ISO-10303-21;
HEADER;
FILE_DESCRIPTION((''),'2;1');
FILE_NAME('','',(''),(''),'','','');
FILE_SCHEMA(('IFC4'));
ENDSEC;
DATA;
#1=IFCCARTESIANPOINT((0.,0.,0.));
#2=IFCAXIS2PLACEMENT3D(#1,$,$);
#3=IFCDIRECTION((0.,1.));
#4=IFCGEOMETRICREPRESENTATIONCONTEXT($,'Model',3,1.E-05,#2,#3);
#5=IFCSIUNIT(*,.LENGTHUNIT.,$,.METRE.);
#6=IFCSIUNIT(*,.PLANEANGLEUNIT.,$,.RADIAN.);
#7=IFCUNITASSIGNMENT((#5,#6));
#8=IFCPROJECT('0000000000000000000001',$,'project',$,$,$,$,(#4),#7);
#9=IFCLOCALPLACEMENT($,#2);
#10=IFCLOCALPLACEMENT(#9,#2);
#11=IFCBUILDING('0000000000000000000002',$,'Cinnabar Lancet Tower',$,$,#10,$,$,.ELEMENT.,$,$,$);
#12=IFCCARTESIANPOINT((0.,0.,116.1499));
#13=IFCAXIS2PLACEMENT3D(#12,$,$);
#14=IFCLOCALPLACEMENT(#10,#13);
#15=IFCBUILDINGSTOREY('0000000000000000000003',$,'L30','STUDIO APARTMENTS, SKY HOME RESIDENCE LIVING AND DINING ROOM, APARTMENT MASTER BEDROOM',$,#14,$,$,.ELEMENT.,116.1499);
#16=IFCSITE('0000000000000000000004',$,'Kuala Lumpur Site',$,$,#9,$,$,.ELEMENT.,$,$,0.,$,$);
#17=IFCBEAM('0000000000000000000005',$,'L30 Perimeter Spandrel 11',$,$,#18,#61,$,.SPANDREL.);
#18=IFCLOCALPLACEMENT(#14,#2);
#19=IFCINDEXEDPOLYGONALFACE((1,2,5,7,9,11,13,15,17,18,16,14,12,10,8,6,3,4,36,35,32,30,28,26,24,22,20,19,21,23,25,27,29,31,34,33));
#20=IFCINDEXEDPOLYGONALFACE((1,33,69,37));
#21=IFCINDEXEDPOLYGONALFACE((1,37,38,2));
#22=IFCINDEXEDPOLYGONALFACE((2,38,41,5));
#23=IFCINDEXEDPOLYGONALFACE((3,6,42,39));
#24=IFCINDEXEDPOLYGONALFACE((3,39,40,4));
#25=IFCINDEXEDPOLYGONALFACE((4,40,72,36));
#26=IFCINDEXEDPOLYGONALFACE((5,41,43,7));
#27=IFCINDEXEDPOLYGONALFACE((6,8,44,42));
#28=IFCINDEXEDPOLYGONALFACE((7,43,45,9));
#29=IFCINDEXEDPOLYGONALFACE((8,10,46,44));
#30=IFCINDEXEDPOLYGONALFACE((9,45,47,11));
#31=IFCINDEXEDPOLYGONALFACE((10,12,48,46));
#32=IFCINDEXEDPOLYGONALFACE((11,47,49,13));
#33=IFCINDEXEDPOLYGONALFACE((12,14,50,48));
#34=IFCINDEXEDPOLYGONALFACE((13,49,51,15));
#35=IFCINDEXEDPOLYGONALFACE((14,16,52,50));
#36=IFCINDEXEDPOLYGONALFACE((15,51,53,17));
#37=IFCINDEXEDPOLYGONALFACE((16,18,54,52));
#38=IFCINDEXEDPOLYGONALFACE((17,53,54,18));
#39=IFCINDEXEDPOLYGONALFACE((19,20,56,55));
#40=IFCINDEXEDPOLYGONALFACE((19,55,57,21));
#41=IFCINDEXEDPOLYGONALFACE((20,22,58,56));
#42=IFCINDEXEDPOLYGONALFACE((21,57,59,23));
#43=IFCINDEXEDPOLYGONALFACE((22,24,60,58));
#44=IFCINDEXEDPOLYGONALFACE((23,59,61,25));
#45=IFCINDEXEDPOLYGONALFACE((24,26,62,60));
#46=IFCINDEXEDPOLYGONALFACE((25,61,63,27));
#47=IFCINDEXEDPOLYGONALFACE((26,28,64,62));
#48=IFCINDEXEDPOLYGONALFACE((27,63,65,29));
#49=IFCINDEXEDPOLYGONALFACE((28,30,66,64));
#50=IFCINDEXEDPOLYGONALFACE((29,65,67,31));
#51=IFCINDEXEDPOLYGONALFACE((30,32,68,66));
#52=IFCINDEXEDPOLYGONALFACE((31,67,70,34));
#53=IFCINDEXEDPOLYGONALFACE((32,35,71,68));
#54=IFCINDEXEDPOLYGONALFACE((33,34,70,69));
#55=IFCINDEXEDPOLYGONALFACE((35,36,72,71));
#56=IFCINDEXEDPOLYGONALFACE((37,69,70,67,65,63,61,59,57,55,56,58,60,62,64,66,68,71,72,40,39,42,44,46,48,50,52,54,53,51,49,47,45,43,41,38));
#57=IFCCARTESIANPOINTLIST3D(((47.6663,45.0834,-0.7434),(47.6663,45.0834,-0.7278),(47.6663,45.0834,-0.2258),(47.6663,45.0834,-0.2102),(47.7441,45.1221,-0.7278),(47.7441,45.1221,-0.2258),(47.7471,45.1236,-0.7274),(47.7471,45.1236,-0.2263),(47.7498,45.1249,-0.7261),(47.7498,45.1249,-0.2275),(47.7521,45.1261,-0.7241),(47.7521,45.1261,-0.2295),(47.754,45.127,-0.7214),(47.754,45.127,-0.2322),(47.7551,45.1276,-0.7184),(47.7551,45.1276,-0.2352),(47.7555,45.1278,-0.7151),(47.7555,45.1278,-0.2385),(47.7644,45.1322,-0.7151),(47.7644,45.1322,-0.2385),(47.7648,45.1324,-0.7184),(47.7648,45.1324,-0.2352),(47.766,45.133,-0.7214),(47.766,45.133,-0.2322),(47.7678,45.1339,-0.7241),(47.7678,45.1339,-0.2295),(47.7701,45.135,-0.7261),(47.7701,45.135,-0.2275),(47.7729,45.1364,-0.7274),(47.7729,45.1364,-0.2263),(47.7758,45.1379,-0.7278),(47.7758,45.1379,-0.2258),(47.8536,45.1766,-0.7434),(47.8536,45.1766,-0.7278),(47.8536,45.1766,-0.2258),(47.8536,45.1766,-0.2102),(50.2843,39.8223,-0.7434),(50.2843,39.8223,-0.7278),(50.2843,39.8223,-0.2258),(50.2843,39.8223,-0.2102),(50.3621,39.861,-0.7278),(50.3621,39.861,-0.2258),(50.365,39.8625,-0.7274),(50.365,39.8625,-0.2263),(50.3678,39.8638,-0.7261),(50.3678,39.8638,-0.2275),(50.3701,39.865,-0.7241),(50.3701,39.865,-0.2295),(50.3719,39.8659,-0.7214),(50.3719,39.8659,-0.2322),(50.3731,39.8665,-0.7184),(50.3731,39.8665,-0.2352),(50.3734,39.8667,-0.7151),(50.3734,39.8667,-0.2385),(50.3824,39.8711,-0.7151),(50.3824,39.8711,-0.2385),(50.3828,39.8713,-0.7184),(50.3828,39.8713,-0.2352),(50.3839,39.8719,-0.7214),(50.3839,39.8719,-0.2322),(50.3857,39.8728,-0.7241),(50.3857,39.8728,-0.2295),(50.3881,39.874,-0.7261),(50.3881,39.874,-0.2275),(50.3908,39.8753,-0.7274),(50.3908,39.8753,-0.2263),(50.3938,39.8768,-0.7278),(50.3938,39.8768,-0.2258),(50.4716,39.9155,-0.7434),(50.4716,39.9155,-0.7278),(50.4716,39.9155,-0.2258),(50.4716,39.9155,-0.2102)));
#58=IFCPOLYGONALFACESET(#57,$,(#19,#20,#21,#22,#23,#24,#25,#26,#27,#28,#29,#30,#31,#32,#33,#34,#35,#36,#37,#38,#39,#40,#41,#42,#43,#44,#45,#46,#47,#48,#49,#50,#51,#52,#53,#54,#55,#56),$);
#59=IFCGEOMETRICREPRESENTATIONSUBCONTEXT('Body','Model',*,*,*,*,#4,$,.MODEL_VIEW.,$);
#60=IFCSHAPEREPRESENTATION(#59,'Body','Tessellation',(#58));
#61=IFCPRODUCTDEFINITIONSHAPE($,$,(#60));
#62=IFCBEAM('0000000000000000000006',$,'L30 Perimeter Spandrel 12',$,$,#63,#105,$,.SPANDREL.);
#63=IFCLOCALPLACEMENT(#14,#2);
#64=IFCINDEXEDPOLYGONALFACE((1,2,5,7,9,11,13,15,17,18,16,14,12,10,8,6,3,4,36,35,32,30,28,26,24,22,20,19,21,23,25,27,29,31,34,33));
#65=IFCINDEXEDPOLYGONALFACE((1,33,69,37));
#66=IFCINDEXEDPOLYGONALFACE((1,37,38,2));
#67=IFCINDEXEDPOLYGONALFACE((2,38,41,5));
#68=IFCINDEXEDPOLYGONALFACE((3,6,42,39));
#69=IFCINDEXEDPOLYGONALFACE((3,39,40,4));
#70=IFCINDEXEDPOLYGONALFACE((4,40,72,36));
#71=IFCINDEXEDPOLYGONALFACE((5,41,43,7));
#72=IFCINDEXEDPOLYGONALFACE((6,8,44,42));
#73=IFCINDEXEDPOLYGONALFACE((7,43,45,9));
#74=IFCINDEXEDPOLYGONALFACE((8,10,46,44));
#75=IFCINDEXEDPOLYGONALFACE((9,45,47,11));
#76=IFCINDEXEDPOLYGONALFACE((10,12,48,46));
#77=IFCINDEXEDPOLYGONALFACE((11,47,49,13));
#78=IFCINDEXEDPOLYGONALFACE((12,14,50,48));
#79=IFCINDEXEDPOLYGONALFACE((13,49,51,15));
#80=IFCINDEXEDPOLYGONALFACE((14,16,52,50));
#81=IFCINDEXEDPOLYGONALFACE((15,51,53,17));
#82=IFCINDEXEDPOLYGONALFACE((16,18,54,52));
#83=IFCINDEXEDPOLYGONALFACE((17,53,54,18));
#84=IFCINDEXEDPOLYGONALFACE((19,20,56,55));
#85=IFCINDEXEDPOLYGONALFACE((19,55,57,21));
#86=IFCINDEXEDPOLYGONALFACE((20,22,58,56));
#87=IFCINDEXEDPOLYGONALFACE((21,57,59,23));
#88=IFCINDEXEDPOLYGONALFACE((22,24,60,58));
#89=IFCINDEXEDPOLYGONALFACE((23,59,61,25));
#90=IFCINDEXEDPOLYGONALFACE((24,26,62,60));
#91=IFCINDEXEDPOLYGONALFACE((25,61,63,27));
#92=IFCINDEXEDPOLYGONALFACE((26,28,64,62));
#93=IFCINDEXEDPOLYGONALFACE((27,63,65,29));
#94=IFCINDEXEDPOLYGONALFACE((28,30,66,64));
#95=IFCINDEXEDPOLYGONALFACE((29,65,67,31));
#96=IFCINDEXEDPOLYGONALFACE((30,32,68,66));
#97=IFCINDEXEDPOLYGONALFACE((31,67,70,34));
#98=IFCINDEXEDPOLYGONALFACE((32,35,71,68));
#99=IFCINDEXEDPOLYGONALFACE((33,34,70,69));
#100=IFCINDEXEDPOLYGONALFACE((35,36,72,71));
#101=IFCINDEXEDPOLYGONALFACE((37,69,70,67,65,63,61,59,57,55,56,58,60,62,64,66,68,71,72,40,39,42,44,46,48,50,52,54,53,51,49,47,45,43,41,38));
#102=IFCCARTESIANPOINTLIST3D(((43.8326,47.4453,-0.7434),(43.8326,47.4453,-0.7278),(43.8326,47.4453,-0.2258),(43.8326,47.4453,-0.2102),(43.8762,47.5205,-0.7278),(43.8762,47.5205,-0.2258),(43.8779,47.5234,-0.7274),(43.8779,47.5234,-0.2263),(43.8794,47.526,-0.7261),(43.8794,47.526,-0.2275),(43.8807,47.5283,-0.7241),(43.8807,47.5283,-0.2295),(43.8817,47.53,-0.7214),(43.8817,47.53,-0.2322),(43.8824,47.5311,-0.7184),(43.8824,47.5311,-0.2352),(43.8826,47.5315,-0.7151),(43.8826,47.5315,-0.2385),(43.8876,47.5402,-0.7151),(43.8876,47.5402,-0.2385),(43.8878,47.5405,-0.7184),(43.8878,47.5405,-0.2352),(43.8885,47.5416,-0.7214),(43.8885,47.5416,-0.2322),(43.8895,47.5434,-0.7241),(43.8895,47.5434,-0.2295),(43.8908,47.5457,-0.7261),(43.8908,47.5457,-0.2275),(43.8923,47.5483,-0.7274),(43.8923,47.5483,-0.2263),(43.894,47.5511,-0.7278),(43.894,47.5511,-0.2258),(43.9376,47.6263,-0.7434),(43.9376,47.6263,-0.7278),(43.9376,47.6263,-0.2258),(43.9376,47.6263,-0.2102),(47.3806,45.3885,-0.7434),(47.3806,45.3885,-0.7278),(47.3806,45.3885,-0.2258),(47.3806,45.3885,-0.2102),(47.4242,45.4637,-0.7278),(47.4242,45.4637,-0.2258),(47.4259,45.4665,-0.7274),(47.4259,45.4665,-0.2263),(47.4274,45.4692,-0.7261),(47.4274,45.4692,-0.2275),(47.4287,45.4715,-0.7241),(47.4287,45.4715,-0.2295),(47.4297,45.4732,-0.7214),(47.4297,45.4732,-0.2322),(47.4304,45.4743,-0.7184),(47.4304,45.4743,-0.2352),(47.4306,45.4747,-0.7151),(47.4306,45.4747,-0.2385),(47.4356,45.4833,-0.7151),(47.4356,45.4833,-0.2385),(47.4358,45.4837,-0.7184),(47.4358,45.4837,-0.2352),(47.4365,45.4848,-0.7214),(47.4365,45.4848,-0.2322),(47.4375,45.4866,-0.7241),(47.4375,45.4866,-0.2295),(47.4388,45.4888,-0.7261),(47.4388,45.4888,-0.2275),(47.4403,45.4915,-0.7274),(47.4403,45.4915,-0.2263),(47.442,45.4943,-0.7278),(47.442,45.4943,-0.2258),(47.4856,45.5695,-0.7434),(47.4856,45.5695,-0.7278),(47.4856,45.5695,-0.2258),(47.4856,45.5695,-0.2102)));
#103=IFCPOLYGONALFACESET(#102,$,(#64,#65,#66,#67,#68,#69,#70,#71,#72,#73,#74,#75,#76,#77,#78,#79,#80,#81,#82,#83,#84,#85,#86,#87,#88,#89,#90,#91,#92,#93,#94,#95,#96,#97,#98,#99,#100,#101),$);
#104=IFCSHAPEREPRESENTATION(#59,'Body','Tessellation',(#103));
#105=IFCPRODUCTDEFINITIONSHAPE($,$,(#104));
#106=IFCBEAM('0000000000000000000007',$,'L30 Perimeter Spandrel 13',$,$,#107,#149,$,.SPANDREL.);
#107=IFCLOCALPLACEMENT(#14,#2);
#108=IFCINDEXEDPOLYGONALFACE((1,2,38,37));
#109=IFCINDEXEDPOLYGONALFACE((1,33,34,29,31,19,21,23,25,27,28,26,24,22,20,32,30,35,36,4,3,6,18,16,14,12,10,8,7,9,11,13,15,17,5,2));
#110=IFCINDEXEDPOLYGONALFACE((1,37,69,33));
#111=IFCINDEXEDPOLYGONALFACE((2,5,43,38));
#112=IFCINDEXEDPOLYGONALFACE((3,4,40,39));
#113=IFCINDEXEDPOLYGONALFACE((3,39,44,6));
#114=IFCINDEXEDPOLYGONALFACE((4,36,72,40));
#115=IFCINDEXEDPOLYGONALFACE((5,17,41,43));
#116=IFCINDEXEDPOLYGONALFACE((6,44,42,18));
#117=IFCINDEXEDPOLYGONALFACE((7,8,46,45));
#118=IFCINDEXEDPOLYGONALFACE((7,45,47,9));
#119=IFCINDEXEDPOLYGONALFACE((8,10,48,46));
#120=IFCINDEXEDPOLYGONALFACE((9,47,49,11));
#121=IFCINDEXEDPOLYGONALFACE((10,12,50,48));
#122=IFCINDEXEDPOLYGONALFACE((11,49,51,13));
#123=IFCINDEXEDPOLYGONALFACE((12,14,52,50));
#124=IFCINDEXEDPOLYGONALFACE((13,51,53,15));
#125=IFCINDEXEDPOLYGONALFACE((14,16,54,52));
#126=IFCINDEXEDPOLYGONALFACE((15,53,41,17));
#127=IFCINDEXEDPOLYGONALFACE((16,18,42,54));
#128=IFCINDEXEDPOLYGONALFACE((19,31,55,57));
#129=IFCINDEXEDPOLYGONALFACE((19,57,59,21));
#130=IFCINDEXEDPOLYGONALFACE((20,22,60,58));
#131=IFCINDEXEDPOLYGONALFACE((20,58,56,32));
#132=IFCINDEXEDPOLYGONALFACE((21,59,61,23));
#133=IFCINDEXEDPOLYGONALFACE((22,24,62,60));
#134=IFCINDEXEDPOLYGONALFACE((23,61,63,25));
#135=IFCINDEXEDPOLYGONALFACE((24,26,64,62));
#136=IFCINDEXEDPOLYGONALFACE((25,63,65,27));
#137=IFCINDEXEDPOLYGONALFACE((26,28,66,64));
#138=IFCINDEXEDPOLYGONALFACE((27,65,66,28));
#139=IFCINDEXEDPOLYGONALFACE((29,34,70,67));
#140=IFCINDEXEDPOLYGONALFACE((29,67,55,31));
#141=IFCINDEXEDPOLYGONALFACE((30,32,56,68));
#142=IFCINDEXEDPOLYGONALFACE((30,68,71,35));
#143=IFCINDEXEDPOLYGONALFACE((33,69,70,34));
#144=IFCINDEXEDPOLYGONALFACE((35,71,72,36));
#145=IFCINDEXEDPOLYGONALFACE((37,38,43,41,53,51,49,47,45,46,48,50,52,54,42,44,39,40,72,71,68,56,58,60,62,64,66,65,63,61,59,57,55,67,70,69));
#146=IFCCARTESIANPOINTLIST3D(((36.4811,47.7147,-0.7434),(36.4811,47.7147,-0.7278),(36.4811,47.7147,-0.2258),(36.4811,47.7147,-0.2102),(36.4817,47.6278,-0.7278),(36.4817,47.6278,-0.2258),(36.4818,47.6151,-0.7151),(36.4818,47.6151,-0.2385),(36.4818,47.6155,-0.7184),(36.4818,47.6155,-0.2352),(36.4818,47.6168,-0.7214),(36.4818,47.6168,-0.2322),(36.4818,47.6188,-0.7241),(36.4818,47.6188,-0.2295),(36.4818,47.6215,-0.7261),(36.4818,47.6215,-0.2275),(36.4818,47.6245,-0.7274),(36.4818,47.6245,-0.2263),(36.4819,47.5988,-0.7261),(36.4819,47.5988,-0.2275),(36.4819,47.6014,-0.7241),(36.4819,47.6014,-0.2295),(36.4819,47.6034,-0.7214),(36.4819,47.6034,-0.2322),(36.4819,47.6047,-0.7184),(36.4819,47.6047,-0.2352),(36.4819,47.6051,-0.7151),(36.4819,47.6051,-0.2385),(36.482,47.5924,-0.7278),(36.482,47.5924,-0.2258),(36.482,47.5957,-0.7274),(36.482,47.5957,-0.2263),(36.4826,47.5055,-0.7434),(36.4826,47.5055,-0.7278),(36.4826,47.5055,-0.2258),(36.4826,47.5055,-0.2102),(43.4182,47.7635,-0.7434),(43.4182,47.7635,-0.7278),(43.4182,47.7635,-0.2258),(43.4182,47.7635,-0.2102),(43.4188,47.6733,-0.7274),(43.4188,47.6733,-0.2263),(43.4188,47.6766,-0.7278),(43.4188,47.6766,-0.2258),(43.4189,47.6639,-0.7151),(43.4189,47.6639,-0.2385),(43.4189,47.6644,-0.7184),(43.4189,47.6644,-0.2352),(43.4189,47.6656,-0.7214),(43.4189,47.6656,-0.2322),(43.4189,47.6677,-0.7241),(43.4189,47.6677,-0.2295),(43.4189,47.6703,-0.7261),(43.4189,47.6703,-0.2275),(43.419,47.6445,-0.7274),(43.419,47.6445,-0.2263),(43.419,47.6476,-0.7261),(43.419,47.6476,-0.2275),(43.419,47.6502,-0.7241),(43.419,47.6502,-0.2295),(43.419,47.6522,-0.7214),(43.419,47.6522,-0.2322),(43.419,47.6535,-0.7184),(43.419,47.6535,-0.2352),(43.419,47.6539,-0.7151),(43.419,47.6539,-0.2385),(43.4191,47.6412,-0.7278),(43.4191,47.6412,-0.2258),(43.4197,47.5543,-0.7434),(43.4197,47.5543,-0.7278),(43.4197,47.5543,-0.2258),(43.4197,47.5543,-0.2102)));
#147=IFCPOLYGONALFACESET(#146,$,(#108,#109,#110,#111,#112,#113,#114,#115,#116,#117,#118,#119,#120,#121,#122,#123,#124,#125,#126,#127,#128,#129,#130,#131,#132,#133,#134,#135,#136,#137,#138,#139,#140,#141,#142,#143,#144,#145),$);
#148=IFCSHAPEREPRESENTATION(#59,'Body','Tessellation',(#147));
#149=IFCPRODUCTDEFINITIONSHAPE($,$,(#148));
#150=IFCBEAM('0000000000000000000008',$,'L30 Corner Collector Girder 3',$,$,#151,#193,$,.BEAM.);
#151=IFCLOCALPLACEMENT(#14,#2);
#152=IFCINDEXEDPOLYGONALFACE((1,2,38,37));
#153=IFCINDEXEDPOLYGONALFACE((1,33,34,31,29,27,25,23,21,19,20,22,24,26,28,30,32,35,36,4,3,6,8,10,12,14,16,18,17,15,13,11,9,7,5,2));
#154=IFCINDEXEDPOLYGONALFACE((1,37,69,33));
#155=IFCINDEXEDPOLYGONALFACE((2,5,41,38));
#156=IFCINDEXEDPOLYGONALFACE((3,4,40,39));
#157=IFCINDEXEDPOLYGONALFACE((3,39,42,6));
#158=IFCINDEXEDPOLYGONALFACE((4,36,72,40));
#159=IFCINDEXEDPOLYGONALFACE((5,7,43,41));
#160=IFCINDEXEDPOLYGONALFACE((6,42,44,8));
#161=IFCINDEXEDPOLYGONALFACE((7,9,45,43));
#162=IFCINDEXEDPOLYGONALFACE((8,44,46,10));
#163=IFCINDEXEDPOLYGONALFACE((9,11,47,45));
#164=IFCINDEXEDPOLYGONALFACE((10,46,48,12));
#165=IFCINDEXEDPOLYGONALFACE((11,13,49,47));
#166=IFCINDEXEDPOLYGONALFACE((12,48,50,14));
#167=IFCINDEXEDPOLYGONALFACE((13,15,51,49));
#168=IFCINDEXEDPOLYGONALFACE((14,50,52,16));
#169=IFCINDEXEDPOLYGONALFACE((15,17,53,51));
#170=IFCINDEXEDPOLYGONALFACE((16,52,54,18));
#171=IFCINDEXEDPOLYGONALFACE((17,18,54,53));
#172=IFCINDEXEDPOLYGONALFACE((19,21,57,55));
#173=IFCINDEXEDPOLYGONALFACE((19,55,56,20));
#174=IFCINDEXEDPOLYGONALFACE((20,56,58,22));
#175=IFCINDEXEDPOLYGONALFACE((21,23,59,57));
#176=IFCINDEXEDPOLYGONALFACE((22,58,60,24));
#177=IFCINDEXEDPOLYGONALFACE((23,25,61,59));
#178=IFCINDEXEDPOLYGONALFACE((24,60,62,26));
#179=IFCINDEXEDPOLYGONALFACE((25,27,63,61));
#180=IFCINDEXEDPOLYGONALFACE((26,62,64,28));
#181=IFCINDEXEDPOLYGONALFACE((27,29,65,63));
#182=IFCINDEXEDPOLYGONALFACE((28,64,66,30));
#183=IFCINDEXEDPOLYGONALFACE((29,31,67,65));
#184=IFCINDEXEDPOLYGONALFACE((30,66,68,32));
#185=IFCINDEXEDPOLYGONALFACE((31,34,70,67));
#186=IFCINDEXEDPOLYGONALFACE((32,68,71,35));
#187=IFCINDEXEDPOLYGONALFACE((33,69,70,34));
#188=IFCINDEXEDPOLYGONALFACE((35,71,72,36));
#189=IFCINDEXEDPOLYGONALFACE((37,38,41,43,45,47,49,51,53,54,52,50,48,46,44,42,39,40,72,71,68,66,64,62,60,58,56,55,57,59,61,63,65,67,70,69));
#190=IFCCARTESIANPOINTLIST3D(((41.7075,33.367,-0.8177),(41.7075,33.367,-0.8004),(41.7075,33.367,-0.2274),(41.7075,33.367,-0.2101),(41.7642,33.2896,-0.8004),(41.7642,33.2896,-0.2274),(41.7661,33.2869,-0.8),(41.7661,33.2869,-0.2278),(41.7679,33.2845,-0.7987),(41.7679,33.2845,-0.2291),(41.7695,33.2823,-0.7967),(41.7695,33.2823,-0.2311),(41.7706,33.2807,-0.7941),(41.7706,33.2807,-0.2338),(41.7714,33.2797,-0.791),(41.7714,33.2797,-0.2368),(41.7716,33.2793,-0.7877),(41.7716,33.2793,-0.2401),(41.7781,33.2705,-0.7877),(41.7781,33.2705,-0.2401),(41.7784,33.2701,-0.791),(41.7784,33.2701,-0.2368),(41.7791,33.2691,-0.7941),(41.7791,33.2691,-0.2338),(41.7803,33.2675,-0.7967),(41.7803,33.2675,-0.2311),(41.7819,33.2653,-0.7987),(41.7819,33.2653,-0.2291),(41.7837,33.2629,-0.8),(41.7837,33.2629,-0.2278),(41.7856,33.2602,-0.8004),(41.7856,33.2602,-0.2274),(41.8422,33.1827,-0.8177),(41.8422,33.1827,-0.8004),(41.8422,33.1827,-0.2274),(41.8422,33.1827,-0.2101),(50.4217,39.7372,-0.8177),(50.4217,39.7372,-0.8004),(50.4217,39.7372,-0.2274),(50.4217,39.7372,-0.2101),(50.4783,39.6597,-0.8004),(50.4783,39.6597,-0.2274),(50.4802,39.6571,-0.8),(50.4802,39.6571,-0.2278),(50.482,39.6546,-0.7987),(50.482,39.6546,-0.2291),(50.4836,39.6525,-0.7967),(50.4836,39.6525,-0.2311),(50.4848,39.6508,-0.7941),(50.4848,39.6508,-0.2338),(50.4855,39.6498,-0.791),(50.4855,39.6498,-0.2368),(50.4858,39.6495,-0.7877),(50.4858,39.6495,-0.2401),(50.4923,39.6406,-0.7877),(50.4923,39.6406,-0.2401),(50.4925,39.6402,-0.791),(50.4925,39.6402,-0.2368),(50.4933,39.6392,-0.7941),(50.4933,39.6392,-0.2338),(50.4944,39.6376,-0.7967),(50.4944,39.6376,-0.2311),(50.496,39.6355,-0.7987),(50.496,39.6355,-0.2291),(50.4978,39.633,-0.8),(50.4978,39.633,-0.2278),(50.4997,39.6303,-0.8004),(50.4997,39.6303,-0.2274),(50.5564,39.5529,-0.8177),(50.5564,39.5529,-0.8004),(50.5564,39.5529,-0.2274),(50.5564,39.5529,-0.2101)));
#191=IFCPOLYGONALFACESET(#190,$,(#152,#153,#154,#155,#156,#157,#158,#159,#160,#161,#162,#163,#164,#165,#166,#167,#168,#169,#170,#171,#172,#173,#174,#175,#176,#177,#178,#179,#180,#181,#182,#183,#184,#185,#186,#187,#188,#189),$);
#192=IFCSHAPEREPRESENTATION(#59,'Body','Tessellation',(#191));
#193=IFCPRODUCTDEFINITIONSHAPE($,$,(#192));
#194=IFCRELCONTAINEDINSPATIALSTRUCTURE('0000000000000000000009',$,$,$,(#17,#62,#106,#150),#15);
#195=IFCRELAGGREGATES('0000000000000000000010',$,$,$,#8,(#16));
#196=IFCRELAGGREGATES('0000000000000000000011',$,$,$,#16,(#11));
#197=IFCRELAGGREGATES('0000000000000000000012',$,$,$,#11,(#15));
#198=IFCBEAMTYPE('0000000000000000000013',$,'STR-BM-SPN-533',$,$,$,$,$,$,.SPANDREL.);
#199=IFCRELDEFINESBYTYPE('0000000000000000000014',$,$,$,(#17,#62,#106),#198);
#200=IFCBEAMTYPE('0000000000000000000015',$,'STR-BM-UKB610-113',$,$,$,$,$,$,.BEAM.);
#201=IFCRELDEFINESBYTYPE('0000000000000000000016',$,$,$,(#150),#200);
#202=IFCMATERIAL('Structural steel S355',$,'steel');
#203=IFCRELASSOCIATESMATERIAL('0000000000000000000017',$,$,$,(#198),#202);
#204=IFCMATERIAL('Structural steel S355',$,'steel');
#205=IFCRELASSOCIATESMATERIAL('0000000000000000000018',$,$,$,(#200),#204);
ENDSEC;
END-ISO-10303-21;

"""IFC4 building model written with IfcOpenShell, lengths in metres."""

from ifc_helpers import new_model, si_unit, direction, frame, origin, origin_2d, place, context, subcontext, project, spatial, i_section, extrude, material, material_profile, profile_set, type_object, element, save


model = new_model("IFC4")

# Units and contexts
model_context = context("Model", 3, precision=1e-05, world=origin(), true_north=direction((0.0, 1.0)))
body_context = subcontext(model_context, "Body", "Model", "MODEL_VIEW")
ifc_project = project(units=[si_unit("LENGTHUNIT", "METRE"), si_unit("PLANEANGLEUNIT", "RADIAN")], contexts=[model_context])

# Site, building, storey
site_placement = place(None, origin())
site = spatial("IfcSite", under=ifc_project, at=site_placement, Name="Kuala Lumpur Site", CompositionType="ELEMENT", RefElevation=0.0)
building_placement = place(site_placement, origin())
building = spatial("IfcBuilding", under=site, at=building_placement, Name="Cinnabar Lancet Tower", CompositionType="ELEMENT")
storey_placement = place(building_placement, frame((0.0, 0.0, 116.1499)))
storey = spatial("IfcBuildingStorey", under=building, at=storey_placement, Name="L30", Description="STUDIO APARTMENTS, SKY HOME RESIDENCE LIVING AND DINING ROOM, APARTMENT MASTER BEDROOM", CompositionType="ELEMENT", Elevation=116.1499)

# Beams
ifc_material_1 = material(Name="Structural steel S355", Category="steel")
ifc_material_profile_1 = material_profile(ifc_material_1, i_section(OverallWidth=0.2092, OverallDepth=0.5332, WebThickness=0.01, FlangeThickness=0.0156, FilletRadius=0.0127, at=origin_2d()), Name="UKB 533x210x92")
ifc_profile_set_1 = profile_set([ifc_material_profile_1], Name="Structural steel S355")
beam_type_1 = type_object("IfcBeamType", Name="STR-BM-SPN-533", PredefinedType="SPANDREL", material=ifc_profile_set_1)
beam_1_placement = place(storey_placement, frame((50.3779, 39.8689, -0.4768), z_axis=(-0.445501, 0.895281, 0.0), x_axis=(-0.895281, -0.445501, 0.0)))
element("IfcBeam", 1, at=beam_1_placement, inside=storey, type_object=beam_type_1, Name="L30 Perimeter Spandrel 11", PredefinedType="SPANDREL", context=body_context, shape_type="SweptSolid", body=[
    extrude(i_section(OverallWidth=0.2092, OverallDepth=0.5332, WebThickness=0.01, FlangeThickness=0.0156, FilletRadius=0.0127, at=origin_2d()), origin(), (0.0, 0.0, 1.0), 5.8765),
])
beam_2_placement = place(storey_placement, frame((47.4331, 45.479, -0.4768), z_axis=(-0.865138, 0.501534, 0.0), x_axis=(-0.501534, -0.865138, 0.0)))
element("IfcBeam", 2, at=beam_2_placement, inside=storey, type_object=beam_type_1, Name="L30 Perimeter Spandrel 12", PredefinedType="SPANDREL", context=body_context, shape_type="SweptSolid", body=[
    extrude(i_section(OverallWidth=0.2092, OverallDepth=0.5332, WebThickness=0.01, FlangeThickness=0.0156, FilletRadius=0.0127, at=origin_2d()), origin(), (0.0, 0.0, 1.0), 4.1011),
])
beam_3_placement = place(storey_placement, frame((43.4189, 47.6589, -0.4768), z_axis=(-0.999975, -0.007039, 0.0), x_axis=(0.007039, -0.999975, 0.0)))
element("IfcBeam", 3, at=beam_3_placement, inside=storey, type_object=beam_type_1, Name="L30 Perimeter Spandrel 13", PredefinedType="SPANDREL", context=body_context, shape_type="SweptSolid", body=[
    extrude(i_section(OverallWidth=0.2092, OverallDepth=0.5332, WebThickness=0.01, FlangeThickness=0.0156, FilletRadius=0.0127, at=origin_2d()), origin(), (0.0, 0.0, 1.0), 6.9373),
])
ifc_material_2 = material(Name="Structural steel S355", Category="steel")
ifc_material_profile_2 = material_profile(ifc_material_2, i_section(OverallWidth=0.2283, OverallDepth=0.6077, WebThickness=0.011, FlangeThickness=0.0173, FilletRadius=0.0127, at=origin_2d()), Name="UKB 610x229x113")
ifc_profile_set_2 = profile_set([ifc_material_profile_2], Name="Structural steel S355")
beam_type_2 = type_object("IfcBeamType", Name="STR-BM-UKB610-113", PredefinedType="BEAM", material=ifc_profile_set_2)
beam_4_placement = place(storey_placement, frame((50.489, 39.645, -0.5139), z_axis=(-0.807298, -0.590144, 0.0), x_axis=(0.590144, -0.807298, 0.0)))
element("IfcBeam", 4, at=beam_4_placement, inside=storey, type_object=beam_type_2, Name="L30 Corner Collector Girder 3", PredefinedType="BEAM", context=body_context, shape_type="SweptSolid", body=[
    extrude(i_section(OverallWidth=0.2283, OverallDepth=0.6077, WebThickness=0.011, FlangeThickness=0.0173, FilletRadius=0.0127, at=origin_2d()), origin(), (0.0, 0.0, 1.0), 10.7942),
])

save(model, "model.ifc")
